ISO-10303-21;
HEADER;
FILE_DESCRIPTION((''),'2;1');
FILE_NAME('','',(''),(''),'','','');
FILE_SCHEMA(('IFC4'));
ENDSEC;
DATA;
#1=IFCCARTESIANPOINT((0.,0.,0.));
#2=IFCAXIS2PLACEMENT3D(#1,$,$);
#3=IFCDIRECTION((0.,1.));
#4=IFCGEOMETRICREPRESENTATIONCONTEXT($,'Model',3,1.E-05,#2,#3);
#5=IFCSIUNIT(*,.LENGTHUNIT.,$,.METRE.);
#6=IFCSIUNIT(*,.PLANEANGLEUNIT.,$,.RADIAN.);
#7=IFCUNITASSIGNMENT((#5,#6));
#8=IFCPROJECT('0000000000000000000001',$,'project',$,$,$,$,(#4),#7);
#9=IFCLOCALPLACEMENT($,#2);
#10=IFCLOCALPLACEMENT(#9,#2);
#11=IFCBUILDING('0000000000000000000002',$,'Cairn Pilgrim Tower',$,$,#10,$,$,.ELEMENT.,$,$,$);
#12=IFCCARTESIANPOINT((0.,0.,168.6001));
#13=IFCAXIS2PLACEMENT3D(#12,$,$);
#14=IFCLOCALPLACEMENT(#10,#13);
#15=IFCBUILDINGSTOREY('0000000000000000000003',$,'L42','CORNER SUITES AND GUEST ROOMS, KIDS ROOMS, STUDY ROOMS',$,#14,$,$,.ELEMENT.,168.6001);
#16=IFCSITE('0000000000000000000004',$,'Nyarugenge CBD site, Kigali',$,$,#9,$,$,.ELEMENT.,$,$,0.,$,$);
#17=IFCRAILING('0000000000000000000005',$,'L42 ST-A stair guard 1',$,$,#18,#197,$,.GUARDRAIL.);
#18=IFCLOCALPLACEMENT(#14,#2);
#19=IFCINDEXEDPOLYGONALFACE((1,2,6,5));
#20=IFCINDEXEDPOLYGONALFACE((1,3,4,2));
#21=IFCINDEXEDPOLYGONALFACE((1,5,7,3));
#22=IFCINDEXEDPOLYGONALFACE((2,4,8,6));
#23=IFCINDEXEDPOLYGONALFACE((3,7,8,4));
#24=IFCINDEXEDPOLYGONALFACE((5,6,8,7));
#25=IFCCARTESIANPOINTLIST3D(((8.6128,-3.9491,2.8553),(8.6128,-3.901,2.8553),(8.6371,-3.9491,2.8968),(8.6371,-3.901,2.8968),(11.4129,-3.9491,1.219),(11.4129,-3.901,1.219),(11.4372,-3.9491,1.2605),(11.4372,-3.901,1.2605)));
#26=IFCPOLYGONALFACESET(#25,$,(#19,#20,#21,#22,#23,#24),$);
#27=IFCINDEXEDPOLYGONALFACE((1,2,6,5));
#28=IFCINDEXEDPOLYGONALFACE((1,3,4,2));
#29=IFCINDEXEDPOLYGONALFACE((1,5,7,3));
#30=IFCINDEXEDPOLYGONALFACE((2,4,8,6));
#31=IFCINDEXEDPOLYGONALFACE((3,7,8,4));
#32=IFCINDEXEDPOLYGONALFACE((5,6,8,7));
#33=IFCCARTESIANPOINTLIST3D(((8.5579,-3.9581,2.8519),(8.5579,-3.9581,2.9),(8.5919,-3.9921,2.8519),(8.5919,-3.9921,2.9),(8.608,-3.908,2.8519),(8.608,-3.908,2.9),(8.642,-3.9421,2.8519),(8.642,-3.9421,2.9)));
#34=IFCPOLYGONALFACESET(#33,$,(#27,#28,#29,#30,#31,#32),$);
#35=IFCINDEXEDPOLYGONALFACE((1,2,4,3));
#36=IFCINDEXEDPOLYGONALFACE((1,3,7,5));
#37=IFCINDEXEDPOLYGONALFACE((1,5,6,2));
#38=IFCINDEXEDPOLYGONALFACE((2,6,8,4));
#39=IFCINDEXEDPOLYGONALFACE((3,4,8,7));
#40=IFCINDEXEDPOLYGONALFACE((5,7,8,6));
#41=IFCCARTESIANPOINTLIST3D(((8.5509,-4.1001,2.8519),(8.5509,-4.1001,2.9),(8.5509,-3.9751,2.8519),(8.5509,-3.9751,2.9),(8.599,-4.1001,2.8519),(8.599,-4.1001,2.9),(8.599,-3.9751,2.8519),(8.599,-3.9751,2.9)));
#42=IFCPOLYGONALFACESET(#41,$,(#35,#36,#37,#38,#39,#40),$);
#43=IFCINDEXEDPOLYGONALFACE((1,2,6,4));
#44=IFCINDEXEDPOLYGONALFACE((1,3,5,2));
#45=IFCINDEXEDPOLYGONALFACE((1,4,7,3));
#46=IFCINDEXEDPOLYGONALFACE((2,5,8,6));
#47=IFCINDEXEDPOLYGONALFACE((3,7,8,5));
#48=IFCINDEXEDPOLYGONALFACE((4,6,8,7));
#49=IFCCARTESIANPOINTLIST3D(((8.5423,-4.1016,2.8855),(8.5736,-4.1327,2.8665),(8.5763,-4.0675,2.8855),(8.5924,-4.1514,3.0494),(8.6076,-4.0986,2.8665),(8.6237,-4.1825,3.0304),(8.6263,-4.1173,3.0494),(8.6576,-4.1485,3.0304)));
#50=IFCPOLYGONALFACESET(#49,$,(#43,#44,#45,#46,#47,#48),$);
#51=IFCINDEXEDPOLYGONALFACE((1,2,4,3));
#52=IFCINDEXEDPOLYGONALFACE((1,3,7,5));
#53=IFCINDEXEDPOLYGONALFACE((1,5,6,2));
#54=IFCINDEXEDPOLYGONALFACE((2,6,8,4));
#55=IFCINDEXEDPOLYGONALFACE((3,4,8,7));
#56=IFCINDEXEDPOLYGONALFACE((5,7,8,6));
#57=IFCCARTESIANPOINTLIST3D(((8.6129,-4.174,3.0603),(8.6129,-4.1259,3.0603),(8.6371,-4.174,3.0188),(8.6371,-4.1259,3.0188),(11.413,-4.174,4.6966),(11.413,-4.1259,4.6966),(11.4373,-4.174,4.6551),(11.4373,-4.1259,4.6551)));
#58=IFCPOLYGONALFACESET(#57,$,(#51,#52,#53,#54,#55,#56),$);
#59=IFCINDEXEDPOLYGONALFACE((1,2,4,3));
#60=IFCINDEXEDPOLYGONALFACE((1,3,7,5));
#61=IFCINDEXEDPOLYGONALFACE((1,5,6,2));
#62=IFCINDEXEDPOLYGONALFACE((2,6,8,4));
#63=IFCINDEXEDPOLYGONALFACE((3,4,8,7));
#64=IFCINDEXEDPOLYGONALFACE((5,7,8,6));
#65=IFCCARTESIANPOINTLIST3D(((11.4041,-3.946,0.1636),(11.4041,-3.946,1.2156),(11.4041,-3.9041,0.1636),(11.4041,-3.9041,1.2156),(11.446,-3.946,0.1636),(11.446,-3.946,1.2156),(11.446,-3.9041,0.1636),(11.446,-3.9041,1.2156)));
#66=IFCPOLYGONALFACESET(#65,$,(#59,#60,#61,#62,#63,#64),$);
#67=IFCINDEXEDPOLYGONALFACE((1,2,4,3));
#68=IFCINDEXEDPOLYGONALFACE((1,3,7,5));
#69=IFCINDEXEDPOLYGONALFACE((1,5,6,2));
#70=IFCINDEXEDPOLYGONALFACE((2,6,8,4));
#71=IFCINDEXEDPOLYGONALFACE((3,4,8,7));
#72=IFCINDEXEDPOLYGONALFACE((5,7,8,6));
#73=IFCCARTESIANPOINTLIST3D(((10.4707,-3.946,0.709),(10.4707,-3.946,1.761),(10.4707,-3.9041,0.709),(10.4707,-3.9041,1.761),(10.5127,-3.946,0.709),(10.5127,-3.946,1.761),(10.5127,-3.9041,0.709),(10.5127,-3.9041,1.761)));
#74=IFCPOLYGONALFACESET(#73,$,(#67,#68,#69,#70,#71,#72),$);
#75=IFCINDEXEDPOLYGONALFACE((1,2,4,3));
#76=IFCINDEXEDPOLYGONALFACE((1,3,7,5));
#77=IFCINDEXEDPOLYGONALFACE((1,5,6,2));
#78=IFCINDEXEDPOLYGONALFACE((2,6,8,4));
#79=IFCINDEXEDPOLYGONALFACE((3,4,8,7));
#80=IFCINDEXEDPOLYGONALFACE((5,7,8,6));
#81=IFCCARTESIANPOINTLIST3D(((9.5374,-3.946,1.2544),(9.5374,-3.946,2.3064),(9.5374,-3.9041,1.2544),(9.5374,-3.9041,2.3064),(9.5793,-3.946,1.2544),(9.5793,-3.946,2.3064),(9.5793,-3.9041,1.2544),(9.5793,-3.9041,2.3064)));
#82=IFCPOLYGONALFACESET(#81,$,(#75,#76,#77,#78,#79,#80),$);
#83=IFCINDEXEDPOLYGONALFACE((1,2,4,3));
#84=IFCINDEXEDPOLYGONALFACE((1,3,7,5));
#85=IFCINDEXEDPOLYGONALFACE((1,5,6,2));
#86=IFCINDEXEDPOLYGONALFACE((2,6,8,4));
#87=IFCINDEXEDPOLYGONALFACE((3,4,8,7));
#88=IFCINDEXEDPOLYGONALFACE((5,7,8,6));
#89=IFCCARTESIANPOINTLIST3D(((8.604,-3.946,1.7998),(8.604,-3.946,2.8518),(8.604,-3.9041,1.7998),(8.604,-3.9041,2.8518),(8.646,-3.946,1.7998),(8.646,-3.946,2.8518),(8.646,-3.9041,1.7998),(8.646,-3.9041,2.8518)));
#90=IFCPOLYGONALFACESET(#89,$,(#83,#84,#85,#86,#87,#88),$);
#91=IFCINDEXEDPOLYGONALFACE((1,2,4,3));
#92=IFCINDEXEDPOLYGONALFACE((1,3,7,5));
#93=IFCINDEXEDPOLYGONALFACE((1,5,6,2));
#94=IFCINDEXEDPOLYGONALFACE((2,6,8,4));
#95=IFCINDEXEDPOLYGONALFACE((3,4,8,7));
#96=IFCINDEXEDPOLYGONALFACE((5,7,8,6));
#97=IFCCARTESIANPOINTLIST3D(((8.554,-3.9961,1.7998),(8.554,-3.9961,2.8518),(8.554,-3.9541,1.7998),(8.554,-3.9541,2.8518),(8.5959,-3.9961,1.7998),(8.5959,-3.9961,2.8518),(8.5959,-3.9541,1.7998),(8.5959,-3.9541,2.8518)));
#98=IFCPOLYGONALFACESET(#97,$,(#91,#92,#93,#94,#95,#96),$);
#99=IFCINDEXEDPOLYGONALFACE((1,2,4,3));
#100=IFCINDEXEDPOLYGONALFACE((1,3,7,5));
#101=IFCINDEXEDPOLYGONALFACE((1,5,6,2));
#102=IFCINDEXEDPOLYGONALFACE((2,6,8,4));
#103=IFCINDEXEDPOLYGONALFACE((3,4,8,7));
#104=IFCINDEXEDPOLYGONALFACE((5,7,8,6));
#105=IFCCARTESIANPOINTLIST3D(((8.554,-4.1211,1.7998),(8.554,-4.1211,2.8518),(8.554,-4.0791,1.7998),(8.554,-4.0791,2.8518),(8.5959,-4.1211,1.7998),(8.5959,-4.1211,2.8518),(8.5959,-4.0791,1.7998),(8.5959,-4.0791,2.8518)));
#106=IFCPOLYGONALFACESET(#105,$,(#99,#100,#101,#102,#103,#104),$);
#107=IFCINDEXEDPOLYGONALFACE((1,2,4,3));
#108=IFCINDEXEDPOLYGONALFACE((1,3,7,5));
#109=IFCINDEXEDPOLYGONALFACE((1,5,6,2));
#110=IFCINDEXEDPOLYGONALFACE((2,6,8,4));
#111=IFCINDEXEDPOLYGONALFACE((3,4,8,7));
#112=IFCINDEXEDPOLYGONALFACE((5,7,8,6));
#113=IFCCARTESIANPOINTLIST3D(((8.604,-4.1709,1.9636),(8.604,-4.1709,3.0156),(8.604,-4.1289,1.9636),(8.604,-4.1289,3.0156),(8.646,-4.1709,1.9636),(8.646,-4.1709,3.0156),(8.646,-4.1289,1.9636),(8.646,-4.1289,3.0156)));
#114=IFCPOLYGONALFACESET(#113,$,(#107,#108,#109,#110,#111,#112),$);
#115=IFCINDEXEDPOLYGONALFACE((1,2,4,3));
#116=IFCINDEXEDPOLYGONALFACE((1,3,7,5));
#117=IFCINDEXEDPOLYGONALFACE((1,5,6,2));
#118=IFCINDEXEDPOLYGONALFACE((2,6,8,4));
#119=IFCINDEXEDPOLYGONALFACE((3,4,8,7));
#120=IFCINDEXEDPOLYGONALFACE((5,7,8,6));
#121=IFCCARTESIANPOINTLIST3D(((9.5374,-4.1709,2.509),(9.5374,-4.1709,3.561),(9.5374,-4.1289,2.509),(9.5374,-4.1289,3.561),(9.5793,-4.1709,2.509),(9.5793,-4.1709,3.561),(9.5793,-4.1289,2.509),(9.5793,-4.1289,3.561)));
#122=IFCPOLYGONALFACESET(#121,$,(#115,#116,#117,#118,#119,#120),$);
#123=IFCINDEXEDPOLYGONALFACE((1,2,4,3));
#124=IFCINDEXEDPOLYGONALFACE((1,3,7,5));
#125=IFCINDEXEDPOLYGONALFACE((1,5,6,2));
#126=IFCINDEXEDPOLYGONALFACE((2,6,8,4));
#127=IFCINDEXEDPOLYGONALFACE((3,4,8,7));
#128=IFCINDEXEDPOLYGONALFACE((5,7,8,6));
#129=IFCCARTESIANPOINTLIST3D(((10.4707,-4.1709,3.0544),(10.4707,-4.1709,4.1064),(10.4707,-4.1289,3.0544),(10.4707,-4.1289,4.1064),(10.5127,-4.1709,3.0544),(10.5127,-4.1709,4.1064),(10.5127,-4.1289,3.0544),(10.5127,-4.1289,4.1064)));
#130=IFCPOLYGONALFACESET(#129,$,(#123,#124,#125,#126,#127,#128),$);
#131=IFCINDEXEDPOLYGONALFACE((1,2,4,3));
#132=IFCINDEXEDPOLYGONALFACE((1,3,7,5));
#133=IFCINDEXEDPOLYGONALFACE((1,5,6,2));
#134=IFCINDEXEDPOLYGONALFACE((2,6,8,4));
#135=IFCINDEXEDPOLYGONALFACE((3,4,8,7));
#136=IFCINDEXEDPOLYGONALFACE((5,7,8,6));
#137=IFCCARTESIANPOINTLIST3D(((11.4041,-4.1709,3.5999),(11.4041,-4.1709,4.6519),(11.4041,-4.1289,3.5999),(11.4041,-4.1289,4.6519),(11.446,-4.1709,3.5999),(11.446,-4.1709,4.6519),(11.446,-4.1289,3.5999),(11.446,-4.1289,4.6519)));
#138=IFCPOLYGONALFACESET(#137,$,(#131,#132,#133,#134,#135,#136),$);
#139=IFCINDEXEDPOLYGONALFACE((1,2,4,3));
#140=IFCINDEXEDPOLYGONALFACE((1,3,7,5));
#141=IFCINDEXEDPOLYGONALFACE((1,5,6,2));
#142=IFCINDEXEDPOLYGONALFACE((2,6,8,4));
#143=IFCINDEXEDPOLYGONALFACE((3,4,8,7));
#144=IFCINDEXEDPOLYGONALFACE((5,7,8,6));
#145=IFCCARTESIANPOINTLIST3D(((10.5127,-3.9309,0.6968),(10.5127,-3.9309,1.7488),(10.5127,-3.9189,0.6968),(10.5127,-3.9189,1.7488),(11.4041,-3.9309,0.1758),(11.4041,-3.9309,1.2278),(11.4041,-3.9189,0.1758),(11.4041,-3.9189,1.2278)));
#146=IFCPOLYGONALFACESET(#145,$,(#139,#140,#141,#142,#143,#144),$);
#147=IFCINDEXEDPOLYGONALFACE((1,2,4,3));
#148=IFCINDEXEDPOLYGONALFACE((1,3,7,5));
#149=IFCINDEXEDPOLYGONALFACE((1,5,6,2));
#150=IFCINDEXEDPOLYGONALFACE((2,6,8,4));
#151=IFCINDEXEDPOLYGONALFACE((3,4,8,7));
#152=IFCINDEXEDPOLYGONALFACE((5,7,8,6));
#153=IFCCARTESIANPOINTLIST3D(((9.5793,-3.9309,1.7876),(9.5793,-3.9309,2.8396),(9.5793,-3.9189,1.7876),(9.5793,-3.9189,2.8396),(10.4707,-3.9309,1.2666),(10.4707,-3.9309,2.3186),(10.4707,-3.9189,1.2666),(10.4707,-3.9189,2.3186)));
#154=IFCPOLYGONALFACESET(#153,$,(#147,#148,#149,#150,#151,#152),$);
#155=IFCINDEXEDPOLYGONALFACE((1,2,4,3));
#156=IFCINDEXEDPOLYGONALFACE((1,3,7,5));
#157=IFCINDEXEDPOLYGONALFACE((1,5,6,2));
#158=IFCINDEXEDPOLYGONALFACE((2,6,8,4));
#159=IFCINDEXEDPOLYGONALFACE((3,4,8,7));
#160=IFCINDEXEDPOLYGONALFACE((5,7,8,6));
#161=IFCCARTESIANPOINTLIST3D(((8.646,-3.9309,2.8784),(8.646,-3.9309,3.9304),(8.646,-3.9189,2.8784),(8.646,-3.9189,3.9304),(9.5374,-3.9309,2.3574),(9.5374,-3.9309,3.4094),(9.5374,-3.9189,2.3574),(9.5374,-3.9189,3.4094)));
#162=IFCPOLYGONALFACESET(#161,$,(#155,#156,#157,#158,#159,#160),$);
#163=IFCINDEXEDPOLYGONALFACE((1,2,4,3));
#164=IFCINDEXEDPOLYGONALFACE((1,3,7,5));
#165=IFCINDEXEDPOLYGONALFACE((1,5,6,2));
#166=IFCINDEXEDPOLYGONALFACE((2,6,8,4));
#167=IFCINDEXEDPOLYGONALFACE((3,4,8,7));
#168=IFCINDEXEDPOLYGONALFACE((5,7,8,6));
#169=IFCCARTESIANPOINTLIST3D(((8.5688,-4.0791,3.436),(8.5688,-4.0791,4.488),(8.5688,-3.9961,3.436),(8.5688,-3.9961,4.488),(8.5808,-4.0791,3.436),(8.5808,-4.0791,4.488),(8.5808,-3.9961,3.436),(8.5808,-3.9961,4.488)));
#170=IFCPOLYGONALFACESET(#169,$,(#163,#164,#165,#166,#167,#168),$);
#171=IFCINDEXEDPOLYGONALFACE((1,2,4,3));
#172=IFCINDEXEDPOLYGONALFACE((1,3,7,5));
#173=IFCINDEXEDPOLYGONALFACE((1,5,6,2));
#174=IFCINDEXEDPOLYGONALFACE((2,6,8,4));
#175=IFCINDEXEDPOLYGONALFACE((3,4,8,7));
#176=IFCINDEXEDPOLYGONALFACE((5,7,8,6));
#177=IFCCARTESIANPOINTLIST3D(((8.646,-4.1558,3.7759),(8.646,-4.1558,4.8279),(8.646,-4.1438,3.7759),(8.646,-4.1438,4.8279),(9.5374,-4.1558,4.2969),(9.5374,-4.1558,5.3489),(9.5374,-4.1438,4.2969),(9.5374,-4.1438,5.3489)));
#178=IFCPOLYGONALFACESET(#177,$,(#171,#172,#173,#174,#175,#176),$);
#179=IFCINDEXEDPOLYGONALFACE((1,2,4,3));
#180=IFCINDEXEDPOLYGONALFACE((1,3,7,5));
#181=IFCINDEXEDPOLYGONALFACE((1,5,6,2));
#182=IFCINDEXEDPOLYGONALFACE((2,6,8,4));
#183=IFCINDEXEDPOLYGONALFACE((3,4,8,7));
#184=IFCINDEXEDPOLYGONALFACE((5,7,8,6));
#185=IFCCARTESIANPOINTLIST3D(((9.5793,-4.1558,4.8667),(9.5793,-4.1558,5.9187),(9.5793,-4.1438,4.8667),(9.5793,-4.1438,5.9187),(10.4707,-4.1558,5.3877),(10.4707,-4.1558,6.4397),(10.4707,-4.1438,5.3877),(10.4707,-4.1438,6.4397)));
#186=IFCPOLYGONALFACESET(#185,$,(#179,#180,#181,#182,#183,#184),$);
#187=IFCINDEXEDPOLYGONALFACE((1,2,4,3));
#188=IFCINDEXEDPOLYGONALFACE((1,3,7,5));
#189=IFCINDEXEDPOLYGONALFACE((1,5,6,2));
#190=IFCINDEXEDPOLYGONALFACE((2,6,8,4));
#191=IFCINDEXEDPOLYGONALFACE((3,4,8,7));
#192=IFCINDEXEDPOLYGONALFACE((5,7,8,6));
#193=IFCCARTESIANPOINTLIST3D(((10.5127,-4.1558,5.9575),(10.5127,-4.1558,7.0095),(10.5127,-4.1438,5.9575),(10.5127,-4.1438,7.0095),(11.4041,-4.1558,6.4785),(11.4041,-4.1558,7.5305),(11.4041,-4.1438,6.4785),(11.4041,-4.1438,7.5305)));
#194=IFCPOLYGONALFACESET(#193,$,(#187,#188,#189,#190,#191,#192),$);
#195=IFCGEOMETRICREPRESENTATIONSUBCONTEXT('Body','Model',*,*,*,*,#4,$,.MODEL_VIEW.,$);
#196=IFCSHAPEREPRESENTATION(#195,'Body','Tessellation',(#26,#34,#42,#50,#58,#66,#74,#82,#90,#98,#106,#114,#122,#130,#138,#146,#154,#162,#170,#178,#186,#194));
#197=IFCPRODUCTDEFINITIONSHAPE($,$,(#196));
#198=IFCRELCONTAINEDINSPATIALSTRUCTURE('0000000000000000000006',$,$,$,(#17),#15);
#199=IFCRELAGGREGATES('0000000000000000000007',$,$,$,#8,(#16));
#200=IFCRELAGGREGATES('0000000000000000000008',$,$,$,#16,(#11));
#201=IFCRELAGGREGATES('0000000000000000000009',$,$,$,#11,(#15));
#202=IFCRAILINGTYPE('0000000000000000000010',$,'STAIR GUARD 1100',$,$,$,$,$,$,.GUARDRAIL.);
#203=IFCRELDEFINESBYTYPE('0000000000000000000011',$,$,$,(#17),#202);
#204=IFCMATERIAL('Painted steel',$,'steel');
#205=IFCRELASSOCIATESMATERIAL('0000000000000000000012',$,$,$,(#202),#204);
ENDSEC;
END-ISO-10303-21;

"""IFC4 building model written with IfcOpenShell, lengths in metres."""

from ifc_helpers import new_model, si_unit, direction, frame, origin, origin_2d, place, context, subcontext, project, spatial, polyline, rectangle, outline, extrude, material, type_object, element, save


model = new_model("IFC4")

# Units and contexts
model_context = context("Model", 3, precision=1e-05, world=origin(), true_north=direction((0.0, 1.0)))
body_context = subcontext(model_context, "Body", "Model", "MODEL_VIEW")
ifc_project = project(units=[si_unit("LENGTHUNIT", "METRE"), si_unit("PLANEANGLEUNIT", "RADIAN")], contexts=[model_context])

# Site, building, storey
site_placement = place(None, origin())
site = spatial("IfcSite", under=ifc_project, at=site_placement, Name="Nyarugenge CBD site, Kigali", CompositionType="ELEMENT", RefElevation=0.0)
building_placement = place(site_placement, origin())
building = spatial("IfcBuilding", under=site, at=building_placement, Name="Cairn Pilgrim Tower", CompositionType="ELEMENT")
storey_placement = place(building_placement, frame((0.0, 0.0, 168.6001)))
storey = spatial("IfcBuildingStorey", under=building, at=storey_placement, Name="L42", Description="CORNER SUITES AND GUEST ROOMS, KIDS ROOMS, STUDY ROOMS", CompositionType="ELEMENT", Elevation=168.6001)

# Railing
ifc_material_1 = material(Name="Painted steel", Category="steel")
railing_type_1 = type_object("IfcRailingType", Name="STAIR GUARD 1100", PredefinedType="GUARDRAIL", material=ifc_material_1)
railing_1_placement = place(storey_placement, frame((11.425, -3.925, 0.1636)))
element("IfcRailing", 1, at=railing_1_placement, inside=storey, type_object=railing_type_1, Name="L42 ST-A stair guard 1", PredefinedType="GUARDRAIL", context=body_context, shape_type="SweptSolid", body=[
    extrude(rectangle(XDim=0.0481, YDim=0.0481, at=origin_2d()), frame((0.0, 0.0, 1.0762), z_axis=(-0.863394, 0.0, 0.504531), x_axis=(0.0, -1.0, 0.0)), (0.0, 0.0, 1.0), 3.2432),
    extrude(rectangle(XDim=0.0481, YDim=0.0481, at=origin_2d()), frame((-2.8, 0.0, 2.7124), z_axis=(-0.707107, -0.707107, 0.0), x_axis=(0.707107, -0.707107, 0.0)), (0.0, 0.0, 1.0), 0.0708),
    extrude(rectangle(XDim=0.0481, YDim=0.0481, at=origin_2d()), frame((-2.8501, -0.05, 2.7124), z_axis=(0.0, -1.0, 0.0), x_axis=(1.0, 0.0, 0.0)), (0.0, 0.0, 1.0), 0.125),
    extrude(rectangle(XDim=0.0481, YDim=0.0481, at=origin_2d()), frame((-2.8501, -0.175, 2.7124), z_axis=(0.280564, -0.279195, 0.918332), x_axis=(0.705376, 0.708834, 0.0)), (0.0, 0.0, 1.0), 0.1785),
    extrude(rectangle(XDim=0.0481, YDim=0.0481, at=origin_2d()), frame((-2.8, -0.2249, 2.876), z_axis=(0.863394, 0.0, 0.504531), x_axis=(0.0, 1.0, 0.0)), (0.0, 0.0, 1.0), 3.2432),
    extrude(rectangle(XDim=0.042, YDim=0.042, at=origin_2d()), origin(), (0.0, 0.0, 1.0), 1.052),
    extrude(rectangle(XDim=0.042, YDim=0.042, at=origin_2d()), frame((-0.9333, 0.0, 0.5454)), (0.0, 0.0, 1.0), 1.052),
    extrude(rectangle(XDim=0.042, YDim=0.042, at=origin_2d()), frame((-1.8667, 0.0, 1.0908)), (0.0, 0.0, 1.0), 1.052),
    extrude(rectangle(XDim=0.042, YDim=0.042, at=origin_2d()), frame((-2.8, 0.0, 1.6362)), (0.0, 0.0, 1.0), 1.052),
    extrude(rectangle(XDim=0.042, YDim=0.042, at=origin_2d()), frame((-2.8501, -0.05, 1.6362)), (0.0, 0.0, 1.0), 1.052),
    extrude(rectangle(XDim=0.042, YDim=0.042, at=origin_2d()), frame((-2.8501, -0.175, 1.6362)), (0.0, 0.0, 1.0), 1.052),
    extrude(rectangle(XDim=0.042, YDim=0.042, at=origin_2d()), frame((-2.8, -0.2249, 1.8)), (0.0, 0.0, 1.0), 1.052),
    extrude(rectangle(XDim=0.042, YDim=0.042, at=origin_2d()), frame((-1.8667, -0.2249, 2.3455)), (0.0, 0.0, 1.0), 1.052),
    extrude(rectangle(XDim=0.042, YDim=0.042, at=origin_2d()), frame((-0.9333, -0.2249, 2.8909)), (0.0, 0.0, 1.0), 1.052),
    extrude(rectangle(XDim=0.042, YDim=0.042, at=origin_2d()), frame((0.0, -0.2249, 3.4363)), (0.0, 0.0, 1.0), 1.052),
    extrude(outline(polyline([(0.021, 0.0122), (0.9124, 0.5332), (0.9124, 1.5852), (0.021, 1.0642), (0.021, 0.0122)])), frame((0.0, -0.0059, 0.0), z_axis=(0.0, 1.0, 0.0), x_axis=(-1.0, 0.0, 0.0)), (0.0, 0.0, 1.0), 0.012),
    extrude(outline(polyline([(0.021, 0.5576), (0.9124, 1.0786), (0.9124, 2.1306), (0.021, 1.6096), (0.021, 0.5576)])), frame((-0.9333, -0.0059, 0.5454), z_axis=(0.0, 1.0, 0.0), x_axis=(-1.0, 0.0, 0.0)), (0.0, 0.0, 1.0), 0.012),
    extrude(outline(polyline([(0.021, 1.103), (0.9124, 1.624), (0.9124, 2.676), (0.021, 2.155), (0.021, 1.103)])), frame((-1.8667, -0.0059, 1.0908), z_axis=(0.0, 1.0, 0.0), x_axis=(-1.0, 0.0, 0.0)), (0.0, 0.0, 1.0), 0.012),
    extrude(outline(polyline([(0.021, 1.6362), (0.104, 1.6362), (0.104, 2.6882), (0.021, 2.6882), (0.021, 1.6362)])), frame((-2.8442, -0.05, 1.6362), z_axis=(-1.0, 0.0, 0.0), x_axis=(0.0, -1.0, 0.0)), (0.0, 0.0, 1.0), 0.012),
    extrude(outline(polyline([(0.021, 1.8123), (0.9124, 2.3333), (0.9124, 3.3853), (0.021, 2.8643), (0.021, 1.8123)])), frame((-2.8, -0.2188, 1.8), z_axis=(0.0, -1.0, 0.0), x_axis=(1.0, 0.0, 0.0)), (0.0, 0.0, 1.0), 0.012),
    extrude(outline(polyline([(0.021, 2.3577), (0.9124, 2.8787), (0.9124, 3.9307), (0.021, 3.4097), (0.021, 2.3577)])), frame((-1.8667, -0.2188, 2.3455), z_axis=(0.0, -1.0, 0.0), x_axis=(1.0, 0.0, 0.0)), (0.0, 0.0, 1.0), 0.012),
    extrude(outline(polyline([(0.021, 2.9031), (0.9124, 3.4241), (0.9124, 4.4761), (0.021, 3.9551), (0.021, 2.9031)])), frame((-0.9333, -0.2188, 2.8909), z_axis=(0.0, -1.0, 0.0), x_axis=(1.0, 0.0, 0.0)), (0.0, 0.0, 1.0), 0.012),
])

save(model, "model.ifc")
